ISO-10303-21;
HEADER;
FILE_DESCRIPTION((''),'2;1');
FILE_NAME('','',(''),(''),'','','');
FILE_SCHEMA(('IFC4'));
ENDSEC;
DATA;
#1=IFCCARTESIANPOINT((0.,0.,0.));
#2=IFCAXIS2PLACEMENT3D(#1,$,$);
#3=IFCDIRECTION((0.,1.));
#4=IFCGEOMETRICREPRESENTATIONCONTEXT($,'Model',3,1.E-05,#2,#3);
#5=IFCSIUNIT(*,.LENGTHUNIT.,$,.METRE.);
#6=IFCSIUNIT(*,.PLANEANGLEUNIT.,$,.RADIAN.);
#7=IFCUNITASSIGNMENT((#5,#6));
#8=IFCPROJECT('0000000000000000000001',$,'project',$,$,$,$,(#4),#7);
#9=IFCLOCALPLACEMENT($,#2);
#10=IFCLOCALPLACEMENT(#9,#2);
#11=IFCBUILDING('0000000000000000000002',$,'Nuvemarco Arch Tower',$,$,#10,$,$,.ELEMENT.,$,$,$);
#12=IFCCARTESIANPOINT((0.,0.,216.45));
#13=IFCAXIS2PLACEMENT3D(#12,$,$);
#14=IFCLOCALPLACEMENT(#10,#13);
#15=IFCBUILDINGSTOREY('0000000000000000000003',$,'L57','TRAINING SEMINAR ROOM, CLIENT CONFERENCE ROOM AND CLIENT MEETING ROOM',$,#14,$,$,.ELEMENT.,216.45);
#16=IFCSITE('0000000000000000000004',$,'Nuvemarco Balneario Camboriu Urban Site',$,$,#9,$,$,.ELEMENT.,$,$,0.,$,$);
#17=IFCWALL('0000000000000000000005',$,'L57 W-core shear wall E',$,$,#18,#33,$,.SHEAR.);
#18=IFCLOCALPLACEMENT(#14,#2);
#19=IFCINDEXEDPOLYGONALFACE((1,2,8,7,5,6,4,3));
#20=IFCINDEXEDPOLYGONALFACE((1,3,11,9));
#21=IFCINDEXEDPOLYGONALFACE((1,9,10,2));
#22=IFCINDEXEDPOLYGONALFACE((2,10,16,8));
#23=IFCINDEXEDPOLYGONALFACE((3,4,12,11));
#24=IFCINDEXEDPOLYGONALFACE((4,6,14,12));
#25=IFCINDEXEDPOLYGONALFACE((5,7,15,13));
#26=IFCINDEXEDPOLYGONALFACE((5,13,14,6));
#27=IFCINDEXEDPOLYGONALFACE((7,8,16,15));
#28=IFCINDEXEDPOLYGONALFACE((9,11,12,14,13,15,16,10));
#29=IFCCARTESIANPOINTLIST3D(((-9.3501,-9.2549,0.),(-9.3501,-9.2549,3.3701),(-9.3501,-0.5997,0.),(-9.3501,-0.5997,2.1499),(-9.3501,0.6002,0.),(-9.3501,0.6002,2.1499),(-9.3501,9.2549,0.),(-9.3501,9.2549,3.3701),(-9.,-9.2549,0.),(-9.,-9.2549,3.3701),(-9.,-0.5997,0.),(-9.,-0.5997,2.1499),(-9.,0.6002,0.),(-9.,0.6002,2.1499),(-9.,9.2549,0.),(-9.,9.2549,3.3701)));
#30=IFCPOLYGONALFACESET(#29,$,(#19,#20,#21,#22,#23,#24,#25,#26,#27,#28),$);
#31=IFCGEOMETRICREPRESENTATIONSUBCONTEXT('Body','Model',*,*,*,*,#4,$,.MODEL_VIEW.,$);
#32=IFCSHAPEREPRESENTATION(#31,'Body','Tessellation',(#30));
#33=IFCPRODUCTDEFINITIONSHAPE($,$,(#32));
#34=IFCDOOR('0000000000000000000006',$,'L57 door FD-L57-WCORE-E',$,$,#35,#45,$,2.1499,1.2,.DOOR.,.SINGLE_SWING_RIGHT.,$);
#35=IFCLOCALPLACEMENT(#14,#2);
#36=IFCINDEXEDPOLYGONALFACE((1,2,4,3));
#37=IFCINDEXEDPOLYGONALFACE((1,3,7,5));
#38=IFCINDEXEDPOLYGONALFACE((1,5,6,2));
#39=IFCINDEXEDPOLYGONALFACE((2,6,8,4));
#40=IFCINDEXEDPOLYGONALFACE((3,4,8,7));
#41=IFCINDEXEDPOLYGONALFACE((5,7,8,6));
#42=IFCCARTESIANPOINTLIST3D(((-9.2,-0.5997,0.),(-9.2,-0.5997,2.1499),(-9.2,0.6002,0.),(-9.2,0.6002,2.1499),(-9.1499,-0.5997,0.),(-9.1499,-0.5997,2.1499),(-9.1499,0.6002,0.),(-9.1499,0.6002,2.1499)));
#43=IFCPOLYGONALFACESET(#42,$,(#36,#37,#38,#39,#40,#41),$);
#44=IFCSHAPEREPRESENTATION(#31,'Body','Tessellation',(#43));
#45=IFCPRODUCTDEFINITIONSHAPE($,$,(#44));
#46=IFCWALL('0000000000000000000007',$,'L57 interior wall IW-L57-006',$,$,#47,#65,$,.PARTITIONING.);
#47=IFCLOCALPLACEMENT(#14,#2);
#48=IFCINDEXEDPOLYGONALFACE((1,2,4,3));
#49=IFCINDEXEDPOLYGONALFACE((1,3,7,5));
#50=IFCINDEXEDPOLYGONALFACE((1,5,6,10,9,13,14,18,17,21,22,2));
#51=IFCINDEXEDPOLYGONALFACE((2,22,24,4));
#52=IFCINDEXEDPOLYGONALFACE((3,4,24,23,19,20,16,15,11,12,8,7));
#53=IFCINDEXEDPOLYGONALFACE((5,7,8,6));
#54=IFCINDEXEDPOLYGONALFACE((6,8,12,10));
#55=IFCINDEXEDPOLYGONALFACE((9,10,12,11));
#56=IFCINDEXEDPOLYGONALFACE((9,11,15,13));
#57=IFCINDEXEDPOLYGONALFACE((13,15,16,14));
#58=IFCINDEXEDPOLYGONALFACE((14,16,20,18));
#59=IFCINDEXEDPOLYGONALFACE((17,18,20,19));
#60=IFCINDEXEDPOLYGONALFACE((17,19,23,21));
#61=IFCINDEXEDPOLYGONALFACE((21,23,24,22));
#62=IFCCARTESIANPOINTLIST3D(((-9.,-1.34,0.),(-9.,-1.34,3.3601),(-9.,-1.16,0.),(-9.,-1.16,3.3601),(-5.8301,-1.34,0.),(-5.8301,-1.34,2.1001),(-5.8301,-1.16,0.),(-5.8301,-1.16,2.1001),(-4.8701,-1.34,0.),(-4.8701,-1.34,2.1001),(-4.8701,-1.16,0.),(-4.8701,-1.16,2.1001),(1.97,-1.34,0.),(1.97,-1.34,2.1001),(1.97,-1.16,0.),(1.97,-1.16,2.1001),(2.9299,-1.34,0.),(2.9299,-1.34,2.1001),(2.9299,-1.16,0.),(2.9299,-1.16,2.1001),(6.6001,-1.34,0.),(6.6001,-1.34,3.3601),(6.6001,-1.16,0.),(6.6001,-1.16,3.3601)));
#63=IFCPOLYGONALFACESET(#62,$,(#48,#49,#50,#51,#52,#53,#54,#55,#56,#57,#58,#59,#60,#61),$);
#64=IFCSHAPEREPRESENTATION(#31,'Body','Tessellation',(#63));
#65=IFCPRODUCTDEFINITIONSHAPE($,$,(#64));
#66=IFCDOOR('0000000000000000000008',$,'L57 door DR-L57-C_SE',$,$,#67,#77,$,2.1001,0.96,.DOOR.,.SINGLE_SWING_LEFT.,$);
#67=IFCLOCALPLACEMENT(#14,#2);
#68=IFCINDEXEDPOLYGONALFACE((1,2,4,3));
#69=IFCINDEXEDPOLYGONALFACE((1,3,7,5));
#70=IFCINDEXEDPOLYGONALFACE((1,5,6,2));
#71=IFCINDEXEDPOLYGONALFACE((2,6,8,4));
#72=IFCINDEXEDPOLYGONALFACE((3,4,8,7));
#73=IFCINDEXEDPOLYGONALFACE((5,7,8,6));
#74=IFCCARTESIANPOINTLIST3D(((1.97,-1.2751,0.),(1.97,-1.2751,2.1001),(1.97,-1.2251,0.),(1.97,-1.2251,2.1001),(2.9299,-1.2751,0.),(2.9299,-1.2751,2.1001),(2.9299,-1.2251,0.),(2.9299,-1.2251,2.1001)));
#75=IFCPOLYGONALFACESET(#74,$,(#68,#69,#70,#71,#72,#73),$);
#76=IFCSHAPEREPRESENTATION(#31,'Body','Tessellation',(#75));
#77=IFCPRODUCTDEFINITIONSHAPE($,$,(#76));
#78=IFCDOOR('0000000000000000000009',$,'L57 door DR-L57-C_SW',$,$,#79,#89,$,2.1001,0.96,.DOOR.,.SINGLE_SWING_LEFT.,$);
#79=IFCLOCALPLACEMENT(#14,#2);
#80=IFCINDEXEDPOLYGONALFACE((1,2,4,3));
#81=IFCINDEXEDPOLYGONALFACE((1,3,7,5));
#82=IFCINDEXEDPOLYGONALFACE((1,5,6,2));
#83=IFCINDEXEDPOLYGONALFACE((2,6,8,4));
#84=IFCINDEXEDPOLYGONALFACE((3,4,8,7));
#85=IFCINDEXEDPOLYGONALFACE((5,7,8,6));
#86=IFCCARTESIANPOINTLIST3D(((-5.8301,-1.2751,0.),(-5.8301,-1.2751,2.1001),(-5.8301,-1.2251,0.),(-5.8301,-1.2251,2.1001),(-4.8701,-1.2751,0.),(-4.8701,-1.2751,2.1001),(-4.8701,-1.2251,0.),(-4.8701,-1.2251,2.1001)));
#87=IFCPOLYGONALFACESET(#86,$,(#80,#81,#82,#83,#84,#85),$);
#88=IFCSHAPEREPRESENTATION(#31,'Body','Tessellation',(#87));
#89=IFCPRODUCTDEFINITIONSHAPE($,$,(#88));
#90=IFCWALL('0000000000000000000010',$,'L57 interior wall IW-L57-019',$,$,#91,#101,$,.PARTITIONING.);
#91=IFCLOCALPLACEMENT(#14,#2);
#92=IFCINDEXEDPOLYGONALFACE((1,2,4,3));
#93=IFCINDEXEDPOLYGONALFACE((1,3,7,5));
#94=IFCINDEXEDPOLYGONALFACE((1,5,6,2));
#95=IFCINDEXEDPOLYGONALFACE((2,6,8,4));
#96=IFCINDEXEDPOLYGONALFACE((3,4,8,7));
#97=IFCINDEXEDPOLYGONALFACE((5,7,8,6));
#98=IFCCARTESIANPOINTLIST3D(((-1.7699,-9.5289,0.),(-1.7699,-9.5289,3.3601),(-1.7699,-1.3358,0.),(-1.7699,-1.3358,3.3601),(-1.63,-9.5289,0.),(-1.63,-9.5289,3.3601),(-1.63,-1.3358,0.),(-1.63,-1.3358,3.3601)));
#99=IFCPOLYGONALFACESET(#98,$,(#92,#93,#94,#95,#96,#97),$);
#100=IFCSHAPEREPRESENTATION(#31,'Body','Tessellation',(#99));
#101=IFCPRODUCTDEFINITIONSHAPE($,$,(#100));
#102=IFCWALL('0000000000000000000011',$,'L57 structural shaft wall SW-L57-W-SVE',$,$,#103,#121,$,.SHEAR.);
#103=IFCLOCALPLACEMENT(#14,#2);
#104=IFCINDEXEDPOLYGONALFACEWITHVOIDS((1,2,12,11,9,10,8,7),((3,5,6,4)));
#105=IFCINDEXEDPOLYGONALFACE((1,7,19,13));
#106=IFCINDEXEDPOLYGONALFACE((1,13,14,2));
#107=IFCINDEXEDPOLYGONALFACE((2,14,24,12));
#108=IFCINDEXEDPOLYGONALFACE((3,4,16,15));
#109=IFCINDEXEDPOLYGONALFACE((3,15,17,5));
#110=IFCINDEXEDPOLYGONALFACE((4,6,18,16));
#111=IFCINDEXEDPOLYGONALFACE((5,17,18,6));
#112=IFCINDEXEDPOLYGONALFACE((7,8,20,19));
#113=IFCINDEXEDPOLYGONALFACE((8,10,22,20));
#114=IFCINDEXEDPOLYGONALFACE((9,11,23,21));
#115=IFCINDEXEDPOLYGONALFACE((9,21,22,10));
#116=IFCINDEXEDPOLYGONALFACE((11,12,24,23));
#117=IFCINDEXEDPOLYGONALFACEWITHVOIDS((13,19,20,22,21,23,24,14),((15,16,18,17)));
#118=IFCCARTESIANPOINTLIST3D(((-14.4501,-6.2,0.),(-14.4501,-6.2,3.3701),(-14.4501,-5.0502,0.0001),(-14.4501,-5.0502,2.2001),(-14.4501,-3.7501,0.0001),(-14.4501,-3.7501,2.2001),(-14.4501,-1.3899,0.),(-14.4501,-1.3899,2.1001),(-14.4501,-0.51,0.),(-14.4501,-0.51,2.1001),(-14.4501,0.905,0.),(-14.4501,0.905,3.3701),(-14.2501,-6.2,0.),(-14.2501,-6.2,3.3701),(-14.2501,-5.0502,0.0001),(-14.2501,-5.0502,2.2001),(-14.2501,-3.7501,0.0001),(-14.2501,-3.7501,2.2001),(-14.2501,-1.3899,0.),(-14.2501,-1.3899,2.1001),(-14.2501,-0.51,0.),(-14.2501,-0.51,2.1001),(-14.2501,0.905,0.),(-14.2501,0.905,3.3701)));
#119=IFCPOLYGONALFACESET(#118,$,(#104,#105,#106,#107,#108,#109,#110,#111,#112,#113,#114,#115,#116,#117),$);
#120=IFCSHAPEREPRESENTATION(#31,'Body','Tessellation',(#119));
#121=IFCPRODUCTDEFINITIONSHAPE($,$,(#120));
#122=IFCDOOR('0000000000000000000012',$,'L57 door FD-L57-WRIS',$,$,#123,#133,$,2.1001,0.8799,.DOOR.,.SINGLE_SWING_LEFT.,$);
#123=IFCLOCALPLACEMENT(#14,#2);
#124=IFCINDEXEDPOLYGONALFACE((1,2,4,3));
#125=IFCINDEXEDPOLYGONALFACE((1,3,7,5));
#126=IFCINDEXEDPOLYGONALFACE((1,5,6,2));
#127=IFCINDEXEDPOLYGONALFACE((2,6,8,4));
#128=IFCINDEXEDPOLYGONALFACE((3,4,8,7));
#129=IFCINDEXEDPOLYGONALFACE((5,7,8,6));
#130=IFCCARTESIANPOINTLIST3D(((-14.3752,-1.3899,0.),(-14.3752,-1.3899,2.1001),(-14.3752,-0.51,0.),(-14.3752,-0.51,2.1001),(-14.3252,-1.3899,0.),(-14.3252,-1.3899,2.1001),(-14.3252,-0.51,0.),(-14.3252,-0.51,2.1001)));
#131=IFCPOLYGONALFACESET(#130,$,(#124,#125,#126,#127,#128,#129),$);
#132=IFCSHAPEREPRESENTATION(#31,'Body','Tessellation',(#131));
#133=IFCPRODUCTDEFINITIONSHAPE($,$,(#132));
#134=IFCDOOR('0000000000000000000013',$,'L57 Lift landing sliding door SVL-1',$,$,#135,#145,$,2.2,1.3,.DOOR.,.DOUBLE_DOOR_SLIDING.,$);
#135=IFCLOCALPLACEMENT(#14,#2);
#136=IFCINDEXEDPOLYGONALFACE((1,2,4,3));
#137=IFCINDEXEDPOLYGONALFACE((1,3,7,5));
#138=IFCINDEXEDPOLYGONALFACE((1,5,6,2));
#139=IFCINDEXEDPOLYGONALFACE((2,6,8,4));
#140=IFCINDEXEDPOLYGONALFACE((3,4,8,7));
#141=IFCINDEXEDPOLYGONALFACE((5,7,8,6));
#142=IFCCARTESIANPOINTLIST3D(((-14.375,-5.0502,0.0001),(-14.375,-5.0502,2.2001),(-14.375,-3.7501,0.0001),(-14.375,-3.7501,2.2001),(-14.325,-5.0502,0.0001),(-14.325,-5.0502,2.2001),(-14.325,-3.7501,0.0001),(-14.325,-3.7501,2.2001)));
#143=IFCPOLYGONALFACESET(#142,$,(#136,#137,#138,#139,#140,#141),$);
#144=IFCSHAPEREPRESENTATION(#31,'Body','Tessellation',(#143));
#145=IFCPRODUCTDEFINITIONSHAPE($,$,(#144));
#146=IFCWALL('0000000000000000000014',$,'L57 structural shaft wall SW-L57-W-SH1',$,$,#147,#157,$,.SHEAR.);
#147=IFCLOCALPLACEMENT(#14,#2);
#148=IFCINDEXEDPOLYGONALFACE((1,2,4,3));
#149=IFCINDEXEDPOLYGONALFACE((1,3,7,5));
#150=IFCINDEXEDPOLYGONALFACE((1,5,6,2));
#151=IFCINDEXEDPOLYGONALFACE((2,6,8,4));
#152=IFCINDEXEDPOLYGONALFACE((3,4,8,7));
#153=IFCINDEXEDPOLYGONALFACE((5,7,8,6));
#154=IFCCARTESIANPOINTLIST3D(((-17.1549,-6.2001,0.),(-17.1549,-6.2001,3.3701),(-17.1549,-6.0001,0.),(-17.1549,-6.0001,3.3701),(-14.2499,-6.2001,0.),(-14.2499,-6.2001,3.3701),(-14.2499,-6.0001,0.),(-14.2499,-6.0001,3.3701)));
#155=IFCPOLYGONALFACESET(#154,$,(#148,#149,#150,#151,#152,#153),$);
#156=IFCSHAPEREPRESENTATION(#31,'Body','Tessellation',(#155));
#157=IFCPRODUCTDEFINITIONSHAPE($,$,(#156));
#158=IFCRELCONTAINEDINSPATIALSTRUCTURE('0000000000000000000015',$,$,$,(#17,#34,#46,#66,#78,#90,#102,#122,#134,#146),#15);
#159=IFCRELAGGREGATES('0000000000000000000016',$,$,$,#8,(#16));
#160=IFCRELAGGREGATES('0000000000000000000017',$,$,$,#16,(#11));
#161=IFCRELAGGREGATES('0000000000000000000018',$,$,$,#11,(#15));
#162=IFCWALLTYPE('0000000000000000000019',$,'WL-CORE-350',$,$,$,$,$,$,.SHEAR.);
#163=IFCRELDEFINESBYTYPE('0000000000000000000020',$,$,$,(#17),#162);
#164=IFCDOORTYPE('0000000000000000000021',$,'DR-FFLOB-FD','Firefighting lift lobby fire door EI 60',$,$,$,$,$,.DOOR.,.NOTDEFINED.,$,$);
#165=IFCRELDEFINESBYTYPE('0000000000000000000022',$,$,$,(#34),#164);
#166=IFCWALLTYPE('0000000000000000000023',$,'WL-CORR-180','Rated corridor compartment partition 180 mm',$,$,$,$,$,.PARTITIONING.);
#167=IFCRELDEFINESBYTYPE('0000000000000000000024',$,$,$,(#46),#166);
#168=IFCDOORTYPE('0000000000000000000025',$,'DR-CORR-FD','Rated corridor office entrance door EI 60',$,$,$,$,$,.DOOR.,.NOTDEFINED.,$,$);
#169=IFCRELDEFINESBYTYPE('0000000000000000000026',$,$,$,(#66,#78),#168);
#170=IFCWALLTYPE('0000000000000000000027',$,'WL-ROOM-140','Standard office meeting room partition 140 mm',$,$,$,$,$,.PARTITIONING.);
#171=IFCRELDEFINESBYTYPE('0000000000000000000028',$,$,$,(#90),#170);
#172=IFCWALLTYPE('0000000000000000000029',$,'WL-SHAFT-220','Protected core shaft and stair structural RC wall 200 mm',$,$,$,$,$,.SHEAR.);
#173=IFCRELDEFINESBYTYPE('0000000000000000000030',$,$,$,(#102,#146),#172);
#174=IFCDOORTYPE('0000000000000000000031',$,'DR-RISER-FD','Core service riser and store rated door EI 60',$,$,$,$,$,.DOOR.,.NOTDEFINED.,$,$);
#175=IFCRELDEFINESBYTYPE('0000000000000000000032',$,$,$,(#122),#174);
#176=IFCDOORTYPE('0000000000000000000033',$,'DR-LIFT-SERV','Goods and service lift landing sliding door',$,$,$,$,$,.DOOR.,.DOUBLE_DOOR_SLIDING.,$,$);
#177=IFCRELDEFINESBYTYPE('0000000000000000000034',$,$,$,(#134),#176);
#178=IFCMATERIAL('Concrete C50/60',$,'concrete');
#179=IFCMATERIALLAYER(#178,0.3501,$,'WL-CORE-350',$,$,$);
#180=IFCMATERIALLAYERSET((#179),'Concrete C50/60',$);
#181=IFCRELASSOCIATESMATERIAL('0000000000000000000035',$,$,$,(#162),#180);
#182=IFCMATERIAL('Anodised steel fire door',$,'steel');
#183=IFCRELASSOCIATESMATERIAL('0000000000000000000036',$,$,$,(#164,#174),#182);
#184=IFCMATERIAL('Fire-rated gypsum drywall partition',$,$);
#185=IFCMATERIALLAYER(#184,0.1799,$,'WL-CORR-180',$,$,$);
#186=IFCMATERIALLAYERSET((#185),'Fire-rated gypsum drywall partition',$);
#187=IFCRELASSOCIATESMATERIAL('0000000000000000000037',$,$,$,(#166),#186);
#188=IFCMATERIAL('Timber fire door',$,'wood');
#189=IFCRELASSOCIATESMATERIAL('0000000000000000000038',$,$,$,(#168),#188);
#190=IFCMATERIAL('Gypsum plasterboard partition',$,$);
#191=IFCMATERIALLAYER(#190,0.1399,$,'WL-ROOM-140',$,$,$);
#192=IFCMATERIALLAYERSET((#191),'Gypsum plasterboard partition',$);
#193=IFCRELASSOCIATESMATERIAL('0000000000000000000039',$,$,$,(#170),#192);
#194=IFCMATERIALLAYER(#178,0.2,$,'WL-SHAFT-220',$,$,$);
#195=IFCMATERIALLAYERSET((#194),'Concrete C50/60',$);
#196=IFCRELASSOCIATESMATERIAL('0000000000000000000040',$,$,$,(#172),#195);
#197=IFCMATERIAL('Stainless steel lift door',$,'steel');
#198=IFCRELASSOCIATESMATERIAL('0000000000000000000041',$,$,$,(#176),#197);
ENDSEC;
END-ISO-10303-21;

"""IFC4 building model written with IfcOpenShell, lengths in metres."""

from ifc_helpers import new_model, si_unit, direction, frame, frame_2d, origin, place, context, subcontext, project, spatial, rectangle, extrude, source, transform, mapped, material, layer, layer_set, type_object, type_shapes, element, fill, save


model = new_model("IFC4")

# Units and contexts
model_context = context("Model", 3, precision=1e-05, world=origin(), true_north=direction((0.0, 1.0)))
body_context = subcontext(model_context, "Body", "Model", "MODEL_VIEW")
ifc_project = project(units=[si_unit("LENGTHUNIT", "METRE"), si_unit("PLANEANGLEUNIT", "RADIAN")], contexts=[model_context])

# Site, building, storey
site_placement = place(None, origin())
site = spatial("IfcSite", under=ifc_project, at=site_placement, Name="Nuvemarco Balneario Camboriu Urban Site", CompositionType="ELEMENT", RefElevation=0.0)
building_placement = place(site_placement, origin())
building = spatial("IfcBuilding", under=site, at=building_placement, Name="Nuvemarco Arch Tower", CompositionType="ELEMENT")
storey_placement = place(building_placement, frame((0.0, 0.0, 216.45)))
storey = spatial("IfcBuildingStorey", under=building, at=storey_placement, Name="L57", Description="TRAINING SEMINAR ROOM, CLIENT CONFERENCE ROOM AND CLIENT MEETING ROOM", CompositionType="ELEMENT", Elevation=216.45)

# Shared definitions
ifc_material_1 = material(Name="Concrete C50/60", Category="concrete")

# Shared definitions
ifc_layer_1 = layer(ifc_material_1, 0.3501, Name="WL-CORE-350")
ifc_layer_set_1 = layer_set([ifc_layer_1], Name="Concrete C50/60")
wall_type_1 = type_object("IfcWallType", Name="WL-CORE-350", PredefinedType="SHEAR", material=ifc_layer_set_1)

# Wall, opening, door
wall_1_placement = place(storey_placement, frame((-9.175, -9.2549, 0.0), z_axis=(0.0, 0.0, 1.0), x_axis=(0.0, 1.0, 0.0)))
wall_1 = element("IfcWall", 1, at=wall_1_placement, inside=storey, type_object=wall_type_1, Name="L57 W-core shear wall E", PredefinedType="SHEAR", context=body_context, shape_type="SweptSolid", body=[
    extrude(rectangle(XDim=18.5098, YDim=0.3501, at=frame_2d((9.2549, 0.0))), origin(), (0.0, 0.0, 1.0), 3.3701),
])
opening_1_placement = place(wall_1_placement, frame((8.655, 0.0, 0.0)))
opening_1 = element("IfcOpeningElement", 2, at=opening_1_placement, cuts=wall_1, PredefinedType="OPENING", context=body_context, shape_type="SweptSolid", body=[
    extrude(rectangle(XDim=1.2, YDim=2.1499, at=frame_2d((0.6001, 1.075))), frame((0.0, 0.1851, 0.0), z_axis=(0.0, -1.0, 0.0), x_axis=(1.0, 0.0, 0.0)), (0.0, 0.0, 1.0), 0.3701),
])
ifc_material_2 = material(Name="Anodised steel fire door", Category="steel")
door_type_1 = type_object("IfcDoorType", Name="DR-FFLOB-FD", Description="Firefighting lift lobby fire door EI 60", OperationType="NOTDEFINED", PredefinedType="DOOR", material=ifc_material_2)
shared_shape_1 = source(origin(), body_context, "Body", "SweptSolid", [
    extrude(rectangle(XDim=1.2, YDim=2.1499, at=frame_2d((0.6001, 1.075))), frame((0.0, 0.0249, 0.0), z_axis=(0.0, -1.0, 0.0), x_axis=(1.0, 0.0, 0.0)), (0.0, 0.0, 1.0), 0.05),
])
type_shapes(door_type_1, [shared_shape_1])
door_1_placement = place(opening_1_placement, origin())
door_1 = element("IfcDoor", 3, at=door_1_placement, inside=storey, type_object=door_type_1, Name="L57 door FD-L57-WCORE-E", OperationType="SINGLE_SWING_RIGHT", OverallHeight=2.1499, OverallWidth=1.2, PredefinedType="DOOR", context=body_context, shape_type="MappedRepresentation", body=[
    mapped(shared_shape_1, transform((0.0, 0.0, 0.0), scale=1.0)),
])
fill(opening_1, door_1)

# Wall, openings, doors
ifc_material_3 = material(Name="Fire-rated gypsum drywall partition")
ifc_layer_2 = layer(ifc_material_3, 0.1799, Name="WL-CORR-180")
ifc_layer_set_2 = layer_set([ifc_layer_2], Name="Fire-rated gypsum drywall partition")
wall_type_2 = type_object("IfcWallType", Name="WL-CORR-180", Description="Rated corridor compartment partition 180 mm", PredefinedType="PARTITIONING", material=ifc_layer_set_2)
wall_2_placement = place(storey_placement, frame((-9.0, -1.25, 0.0), z_axis=(0.0, 0.0, 1.0), x_axis=(1.0, 0.0, 0.0)))
wall_2 = element("IfcWall", 4, at=wall_2_placement, inside=storey, type_object=wall_type_2, Name="L57 interior wall IW-L57-006", PredefinedType="PARTITIONING", context=body_context, shape_type="SweptSolid", body=[
    extrude(rectangle(XDim=15.6001, YDim=0.1799, at=frame_2d((7.8, 0.0))), origin(), (0.0, 0.0, 1.0), 3.3601),
])
opening_2_placement = place(wall_2_placement, frame((10.97, 0.0, 0.0)))
opening_2 = element("IfcOpeningElement", 5, at=opening_2_placement, cuts=wall_2, PredefinedType="OPENING", context=body_context, shape_type="SweptSolid", body=[
    extrude(rectangle(XDim=0.96, YDim=2.1001, at=frame_2d((0.48, 1.05))), frame((0.0, 0.0999, 0.0), z_axis=(0.0, -1.0, 0.0), x_axis=(1.0, 0.0, 0.0)), (0.0, 0.0, 1.0), 0.2),
])
opening_3_placement = place(wall_2_placement, frame((3.1699, 0.0, 0.0)))
opening_3 = element("IfcOpeningElement", 6, at=opening_3_placement, cuts=wall_2, PredefinedType="OPENING", context=body_context, shape_type="SweptSolid", body=[
    extrude(rectangle(XDim=0.96, YDim=2.1001, at=frame_2d((0.48, 1.05))), frame((0.0, 0.0999, 0.0), z_axis=(0.0, -1.0, 0.0), x_axis=(1.0, 0.0, 0.0)), (0.0, 0.0, 1.0), 0.2),
])
ifc_material_4 = material(Name="Timber fire door", Category="wood")
door_type_2 = type_object("IfcDoorType", Name="DR-CORR-FD", Description="Rated corridor office entrance door EI 60", OperationType="NOTDEFINED", PredefinedType="DOOR", material=ifc_material_4)
shared_shape_2 = source(origin(), body_context, "Body", "SweptSolid", [
    extrude(rectangle(XDim=0.96, YDim=2.1001, at=frame_2d((0.48, 1.05))), frame((0.0, 0.0249, 0.0), z_axis=(0.0, -1.0, 0.0), x_axis=(1.0, 0.0, 0.0)), (0.0, 0.0, 1.0), 0.05),
])
type_shapes(door_type_2, [shared_shape_2])
door_2_placement = place(opening_2_placement, origin())
door_2 = element("IfcDoor", 7, at=door_2_placement, inside=storey, type_object=door_type_2, Name="L57 door DR-L57-C_SE", OperationType="SINGLE_SWING_LEFT", OverallHeight=2.1001, OverallWidth=0.96, PredefinedType="DOOR", context=body_context, shape_type="MappedRepresentation", body=[
    mapped(shared_shape_2, transform((0.0, 0.0, 0.0), scale=1.0)),
])
fill(opening_2, door_2)
door_3_placement = place(opening_3_placement, origin())
door_3 = element("IfcDoor", 8, at=door_3_placement, inside=storey, type_object=door_type_2, Name="L57 door DR-L57-C_SW", OperationType="SINGLE_SWING_LEFT", OverallHeight=2.1001, OverallWidth=0.96, PredefinedType="DOOR", context=body_context, shape_type="MappedRepresentation", body=[
    mapped(shared_shape_2, transform((0.0, 0.0, 0.0), scale=1.0)),
])
fill(opening_3, door_3)

# Wall
ifc_material_5 = material(Name="Gypsum plasterboard partition")
ifc_layer_3 = layer(ifc_material_5, 0.1399, Name="WL-ROOM-140")
ifc_layer_set_3 = layer_set([ifc_layer_3], Name="Gypsum plasterboard partition")
wall_type_3 = type_object("IfcWallType", Name="WL-ROOM-140", Description="Standard office meeting room partition 140 mm", PredefinedType="PARTITIONING", material=ifc_layer_set_3)
wall_3_placement = place(storey_placement, frame((-1.7, -9.5291, 0.0), z_axis=(0.0, 0.0, 1.0), x_axis=(0.0, 1.0, 0.0)))
element("IfcWall", 9, at=wall_3_placement, inside=storey, type_object=wall_type_3, Name="L57 interior wall IW-L57-019", PredefinedType="PARTITIONING", context=body_context, shape_type="SweptSolid", body=[
    extrude(rectangle(XDim=8.1931, YDim=0.1399, at=frame_2d((4.0967, 0.0))), origin(), (0.0, 0.0, 1.0), 3.3601),
])

# Shared definitions
ifc_layer_4 = layer(ifc_material_1, 0.2, Name="WL-SHAFT-220")
ifc_layer_set_4 = layer_set([ifc_layer_4], Name="Concrete C50/60")
wall_type_4 = type_object("IfcWallType", Name="WL-SHAFT-220", Description="Protected core shaft and stair structural RC wall 200 mm", PredefinedType="SHEAR", material=ifc_layer_set_4)
ifc_material_6 = material(Name="Stainless steel lift door", Category="steel")

# Wall, openings, doors
wall_4_placement = place(storey_placement, frame((-14.3501, -6.2, 0.0), z_axis=(0.0, 0.0, 1.0), x_axis=(0.0, 1.0, 0.0)))
wall_4 = element("IfcWall", 10, at=wall_4_placement, inside=storey, type_object=wall_type_4, Name="L57 structural shaft wall SW-L57-W-SVE", PredefinedType="SHEAR", context=body_context, shape_type="SweptSolid", body=[
    extrude(rectangle(XDim=7.105, YDim=0.2, at=frame_2d((3.5525, 0.0))), origin(), (0.0, 0.0, 1.0), 3.3701),
])
opening_4_placement = place(wall_4_placement, frame((5.6899, 0.0, 0.0), z_axis=(0.0, 0.0, 1.0), x_axis=(-1.0, 0.0, 0.0)))
opening_4 = element("IfcOpeningElement", 11, at=opening_4_placement, cuts=wall_4, PredefinedType="OPENING", context=body_context, shape_type="SweptSolid", body=[
    extrude(rectangle(XDim=0.8799, YDim=2.1001, at=frame_2d((0.4399, 1.05))), frame((0.0, 0.1099, 0.0), z_axis=(0.0, -1.0, 0.0), x_axis=(1.0, 0.0, 0.0)), (0.0, 0.0, 1.0), 0.22),
])
opening_5_placement = place(wall_4_placement, frame((1.1499, 0.0, 0.0)))
opening_5 = element("IfcOpeningElement", 12, at=opening_5_placement, cuts=wall_4, PredefinedType="OPENING", context=body_context, shape_type="SweptSolid", body=[
    extrude(rectangle(XDim=1.3, YDim=2.2, at=frame_2d((0.6499, 1.1001))), frame((0.0, 0.1099, 0.0), z_axis=(0.0, -1.0, 0.0), x_axis=(1.0, 0.0, 0.0)), (0.0, 0.0, 1.0), 0.22),
])
door_type_3 = type_object("IfcDoorType", Name="DR-RISER-FD", Description="Core service riser and store rated door EI 60", OperationType="NOTDEFINED", PredefinedType="DOOR", material=ifc_material_2)
shared_shape_3 = source(origin(), body_context, "Body", "SweptSolid", [
    extrude(rectangle(XDim=0.8799, YDim=2.1001, at=frame_2d((0.4399, 1.05))), frame((0.0, 0.0249, 0.0), z_axis=(0.0, -1.0, 0.0), x_axis=(1.0, 0.0, 0.0)), (0.0, 0.0, 1.0), 0.05),
])
type_shapes(door_type_3, [shared_shape_3])
door_4_placement = place(opening_4_placement, origin())
door_4 = element("IfcDoor", 13, at=door_4_placement, inside=storey, type_object=door_type_3, Name="L57 door FD-L57-WRIS", OperationType="SINGLE_SWING_LEFT", OverallHeight=2.1001, OverallWidth=0.8799, PredefinedType="DOOR", context=body_context, shape_type="MappedRepresentation", body=[
    mapped(shared_shape_3, transform((0.0, 0.0, 0.0), scale=1.0)),
])
fill(opening_4, door_4)
door_type_4 = type_object("IfcDoorType", Name="DR-LIFT-SERV", Description="Goods and service lift landing sliding door", OperationType="DOUBLE_DOOR_SLIDING", PredefinedType="DOOR", material=ifc_material_6)
shared_shape_4 = source(origin(), body_context, "Body", "SweptSolid", [
    extrude(rectangle(XDim=1.3, YDim=2.2, at=frame_2d((0.6499, 1.1001))), frame((0.0, 0.0249, 0.0), z_axis=(0.0, -1.0, 0.0), x_axis=(1.0, 0.0, 0.0)), (0.0, 0.0, 1.0), 0.05),
])
type_shapes(door_type_4, [shared_shape_4])
door_5_placement = place(opening_5_placement, origin())
door_5 = element("IfcDoor", 14, at=door_5_placement, inside=storey, type_object=door_type_4, Name="L57 Lift landing sliding door SVL-1", OperationType="DOUBLE_DOOR_SLIDING", OverallHeight=2.2, OverallWidth=1.3, PredefinedType="DOOR", context=body_context, shape_type="MappedRepresentation", body=[
    mapped(shared_shape_4, transform((0.0, 0.0, 0.0), scale=1.0)),
])
fill(opening_5, door_5)

# Wall
wall_5_placement = place(storey_placement, frame((-17.155, -6.1001, 0.0), z_axis=(0.0, 0.0, 1.0), x_axis=(1.0, 0.0, 0.0)))
element("IfcWall", 15, at=wall_5_placement, inside=storey, type_object=wall_type_4, Name="L57 structural shaft wall SW-L57-W-SH1", PredefinedType="SHEAR", context=body_context, shape_type="SweptSolid", body=[
    extrude(rectangle(XDim=2.905, YDim=0.2, at=frame_2d((1.4526, 0.0))), origin(), (0.0, 0.0, 1.0), 3.3701),
])

save(model, "model.ifc")
